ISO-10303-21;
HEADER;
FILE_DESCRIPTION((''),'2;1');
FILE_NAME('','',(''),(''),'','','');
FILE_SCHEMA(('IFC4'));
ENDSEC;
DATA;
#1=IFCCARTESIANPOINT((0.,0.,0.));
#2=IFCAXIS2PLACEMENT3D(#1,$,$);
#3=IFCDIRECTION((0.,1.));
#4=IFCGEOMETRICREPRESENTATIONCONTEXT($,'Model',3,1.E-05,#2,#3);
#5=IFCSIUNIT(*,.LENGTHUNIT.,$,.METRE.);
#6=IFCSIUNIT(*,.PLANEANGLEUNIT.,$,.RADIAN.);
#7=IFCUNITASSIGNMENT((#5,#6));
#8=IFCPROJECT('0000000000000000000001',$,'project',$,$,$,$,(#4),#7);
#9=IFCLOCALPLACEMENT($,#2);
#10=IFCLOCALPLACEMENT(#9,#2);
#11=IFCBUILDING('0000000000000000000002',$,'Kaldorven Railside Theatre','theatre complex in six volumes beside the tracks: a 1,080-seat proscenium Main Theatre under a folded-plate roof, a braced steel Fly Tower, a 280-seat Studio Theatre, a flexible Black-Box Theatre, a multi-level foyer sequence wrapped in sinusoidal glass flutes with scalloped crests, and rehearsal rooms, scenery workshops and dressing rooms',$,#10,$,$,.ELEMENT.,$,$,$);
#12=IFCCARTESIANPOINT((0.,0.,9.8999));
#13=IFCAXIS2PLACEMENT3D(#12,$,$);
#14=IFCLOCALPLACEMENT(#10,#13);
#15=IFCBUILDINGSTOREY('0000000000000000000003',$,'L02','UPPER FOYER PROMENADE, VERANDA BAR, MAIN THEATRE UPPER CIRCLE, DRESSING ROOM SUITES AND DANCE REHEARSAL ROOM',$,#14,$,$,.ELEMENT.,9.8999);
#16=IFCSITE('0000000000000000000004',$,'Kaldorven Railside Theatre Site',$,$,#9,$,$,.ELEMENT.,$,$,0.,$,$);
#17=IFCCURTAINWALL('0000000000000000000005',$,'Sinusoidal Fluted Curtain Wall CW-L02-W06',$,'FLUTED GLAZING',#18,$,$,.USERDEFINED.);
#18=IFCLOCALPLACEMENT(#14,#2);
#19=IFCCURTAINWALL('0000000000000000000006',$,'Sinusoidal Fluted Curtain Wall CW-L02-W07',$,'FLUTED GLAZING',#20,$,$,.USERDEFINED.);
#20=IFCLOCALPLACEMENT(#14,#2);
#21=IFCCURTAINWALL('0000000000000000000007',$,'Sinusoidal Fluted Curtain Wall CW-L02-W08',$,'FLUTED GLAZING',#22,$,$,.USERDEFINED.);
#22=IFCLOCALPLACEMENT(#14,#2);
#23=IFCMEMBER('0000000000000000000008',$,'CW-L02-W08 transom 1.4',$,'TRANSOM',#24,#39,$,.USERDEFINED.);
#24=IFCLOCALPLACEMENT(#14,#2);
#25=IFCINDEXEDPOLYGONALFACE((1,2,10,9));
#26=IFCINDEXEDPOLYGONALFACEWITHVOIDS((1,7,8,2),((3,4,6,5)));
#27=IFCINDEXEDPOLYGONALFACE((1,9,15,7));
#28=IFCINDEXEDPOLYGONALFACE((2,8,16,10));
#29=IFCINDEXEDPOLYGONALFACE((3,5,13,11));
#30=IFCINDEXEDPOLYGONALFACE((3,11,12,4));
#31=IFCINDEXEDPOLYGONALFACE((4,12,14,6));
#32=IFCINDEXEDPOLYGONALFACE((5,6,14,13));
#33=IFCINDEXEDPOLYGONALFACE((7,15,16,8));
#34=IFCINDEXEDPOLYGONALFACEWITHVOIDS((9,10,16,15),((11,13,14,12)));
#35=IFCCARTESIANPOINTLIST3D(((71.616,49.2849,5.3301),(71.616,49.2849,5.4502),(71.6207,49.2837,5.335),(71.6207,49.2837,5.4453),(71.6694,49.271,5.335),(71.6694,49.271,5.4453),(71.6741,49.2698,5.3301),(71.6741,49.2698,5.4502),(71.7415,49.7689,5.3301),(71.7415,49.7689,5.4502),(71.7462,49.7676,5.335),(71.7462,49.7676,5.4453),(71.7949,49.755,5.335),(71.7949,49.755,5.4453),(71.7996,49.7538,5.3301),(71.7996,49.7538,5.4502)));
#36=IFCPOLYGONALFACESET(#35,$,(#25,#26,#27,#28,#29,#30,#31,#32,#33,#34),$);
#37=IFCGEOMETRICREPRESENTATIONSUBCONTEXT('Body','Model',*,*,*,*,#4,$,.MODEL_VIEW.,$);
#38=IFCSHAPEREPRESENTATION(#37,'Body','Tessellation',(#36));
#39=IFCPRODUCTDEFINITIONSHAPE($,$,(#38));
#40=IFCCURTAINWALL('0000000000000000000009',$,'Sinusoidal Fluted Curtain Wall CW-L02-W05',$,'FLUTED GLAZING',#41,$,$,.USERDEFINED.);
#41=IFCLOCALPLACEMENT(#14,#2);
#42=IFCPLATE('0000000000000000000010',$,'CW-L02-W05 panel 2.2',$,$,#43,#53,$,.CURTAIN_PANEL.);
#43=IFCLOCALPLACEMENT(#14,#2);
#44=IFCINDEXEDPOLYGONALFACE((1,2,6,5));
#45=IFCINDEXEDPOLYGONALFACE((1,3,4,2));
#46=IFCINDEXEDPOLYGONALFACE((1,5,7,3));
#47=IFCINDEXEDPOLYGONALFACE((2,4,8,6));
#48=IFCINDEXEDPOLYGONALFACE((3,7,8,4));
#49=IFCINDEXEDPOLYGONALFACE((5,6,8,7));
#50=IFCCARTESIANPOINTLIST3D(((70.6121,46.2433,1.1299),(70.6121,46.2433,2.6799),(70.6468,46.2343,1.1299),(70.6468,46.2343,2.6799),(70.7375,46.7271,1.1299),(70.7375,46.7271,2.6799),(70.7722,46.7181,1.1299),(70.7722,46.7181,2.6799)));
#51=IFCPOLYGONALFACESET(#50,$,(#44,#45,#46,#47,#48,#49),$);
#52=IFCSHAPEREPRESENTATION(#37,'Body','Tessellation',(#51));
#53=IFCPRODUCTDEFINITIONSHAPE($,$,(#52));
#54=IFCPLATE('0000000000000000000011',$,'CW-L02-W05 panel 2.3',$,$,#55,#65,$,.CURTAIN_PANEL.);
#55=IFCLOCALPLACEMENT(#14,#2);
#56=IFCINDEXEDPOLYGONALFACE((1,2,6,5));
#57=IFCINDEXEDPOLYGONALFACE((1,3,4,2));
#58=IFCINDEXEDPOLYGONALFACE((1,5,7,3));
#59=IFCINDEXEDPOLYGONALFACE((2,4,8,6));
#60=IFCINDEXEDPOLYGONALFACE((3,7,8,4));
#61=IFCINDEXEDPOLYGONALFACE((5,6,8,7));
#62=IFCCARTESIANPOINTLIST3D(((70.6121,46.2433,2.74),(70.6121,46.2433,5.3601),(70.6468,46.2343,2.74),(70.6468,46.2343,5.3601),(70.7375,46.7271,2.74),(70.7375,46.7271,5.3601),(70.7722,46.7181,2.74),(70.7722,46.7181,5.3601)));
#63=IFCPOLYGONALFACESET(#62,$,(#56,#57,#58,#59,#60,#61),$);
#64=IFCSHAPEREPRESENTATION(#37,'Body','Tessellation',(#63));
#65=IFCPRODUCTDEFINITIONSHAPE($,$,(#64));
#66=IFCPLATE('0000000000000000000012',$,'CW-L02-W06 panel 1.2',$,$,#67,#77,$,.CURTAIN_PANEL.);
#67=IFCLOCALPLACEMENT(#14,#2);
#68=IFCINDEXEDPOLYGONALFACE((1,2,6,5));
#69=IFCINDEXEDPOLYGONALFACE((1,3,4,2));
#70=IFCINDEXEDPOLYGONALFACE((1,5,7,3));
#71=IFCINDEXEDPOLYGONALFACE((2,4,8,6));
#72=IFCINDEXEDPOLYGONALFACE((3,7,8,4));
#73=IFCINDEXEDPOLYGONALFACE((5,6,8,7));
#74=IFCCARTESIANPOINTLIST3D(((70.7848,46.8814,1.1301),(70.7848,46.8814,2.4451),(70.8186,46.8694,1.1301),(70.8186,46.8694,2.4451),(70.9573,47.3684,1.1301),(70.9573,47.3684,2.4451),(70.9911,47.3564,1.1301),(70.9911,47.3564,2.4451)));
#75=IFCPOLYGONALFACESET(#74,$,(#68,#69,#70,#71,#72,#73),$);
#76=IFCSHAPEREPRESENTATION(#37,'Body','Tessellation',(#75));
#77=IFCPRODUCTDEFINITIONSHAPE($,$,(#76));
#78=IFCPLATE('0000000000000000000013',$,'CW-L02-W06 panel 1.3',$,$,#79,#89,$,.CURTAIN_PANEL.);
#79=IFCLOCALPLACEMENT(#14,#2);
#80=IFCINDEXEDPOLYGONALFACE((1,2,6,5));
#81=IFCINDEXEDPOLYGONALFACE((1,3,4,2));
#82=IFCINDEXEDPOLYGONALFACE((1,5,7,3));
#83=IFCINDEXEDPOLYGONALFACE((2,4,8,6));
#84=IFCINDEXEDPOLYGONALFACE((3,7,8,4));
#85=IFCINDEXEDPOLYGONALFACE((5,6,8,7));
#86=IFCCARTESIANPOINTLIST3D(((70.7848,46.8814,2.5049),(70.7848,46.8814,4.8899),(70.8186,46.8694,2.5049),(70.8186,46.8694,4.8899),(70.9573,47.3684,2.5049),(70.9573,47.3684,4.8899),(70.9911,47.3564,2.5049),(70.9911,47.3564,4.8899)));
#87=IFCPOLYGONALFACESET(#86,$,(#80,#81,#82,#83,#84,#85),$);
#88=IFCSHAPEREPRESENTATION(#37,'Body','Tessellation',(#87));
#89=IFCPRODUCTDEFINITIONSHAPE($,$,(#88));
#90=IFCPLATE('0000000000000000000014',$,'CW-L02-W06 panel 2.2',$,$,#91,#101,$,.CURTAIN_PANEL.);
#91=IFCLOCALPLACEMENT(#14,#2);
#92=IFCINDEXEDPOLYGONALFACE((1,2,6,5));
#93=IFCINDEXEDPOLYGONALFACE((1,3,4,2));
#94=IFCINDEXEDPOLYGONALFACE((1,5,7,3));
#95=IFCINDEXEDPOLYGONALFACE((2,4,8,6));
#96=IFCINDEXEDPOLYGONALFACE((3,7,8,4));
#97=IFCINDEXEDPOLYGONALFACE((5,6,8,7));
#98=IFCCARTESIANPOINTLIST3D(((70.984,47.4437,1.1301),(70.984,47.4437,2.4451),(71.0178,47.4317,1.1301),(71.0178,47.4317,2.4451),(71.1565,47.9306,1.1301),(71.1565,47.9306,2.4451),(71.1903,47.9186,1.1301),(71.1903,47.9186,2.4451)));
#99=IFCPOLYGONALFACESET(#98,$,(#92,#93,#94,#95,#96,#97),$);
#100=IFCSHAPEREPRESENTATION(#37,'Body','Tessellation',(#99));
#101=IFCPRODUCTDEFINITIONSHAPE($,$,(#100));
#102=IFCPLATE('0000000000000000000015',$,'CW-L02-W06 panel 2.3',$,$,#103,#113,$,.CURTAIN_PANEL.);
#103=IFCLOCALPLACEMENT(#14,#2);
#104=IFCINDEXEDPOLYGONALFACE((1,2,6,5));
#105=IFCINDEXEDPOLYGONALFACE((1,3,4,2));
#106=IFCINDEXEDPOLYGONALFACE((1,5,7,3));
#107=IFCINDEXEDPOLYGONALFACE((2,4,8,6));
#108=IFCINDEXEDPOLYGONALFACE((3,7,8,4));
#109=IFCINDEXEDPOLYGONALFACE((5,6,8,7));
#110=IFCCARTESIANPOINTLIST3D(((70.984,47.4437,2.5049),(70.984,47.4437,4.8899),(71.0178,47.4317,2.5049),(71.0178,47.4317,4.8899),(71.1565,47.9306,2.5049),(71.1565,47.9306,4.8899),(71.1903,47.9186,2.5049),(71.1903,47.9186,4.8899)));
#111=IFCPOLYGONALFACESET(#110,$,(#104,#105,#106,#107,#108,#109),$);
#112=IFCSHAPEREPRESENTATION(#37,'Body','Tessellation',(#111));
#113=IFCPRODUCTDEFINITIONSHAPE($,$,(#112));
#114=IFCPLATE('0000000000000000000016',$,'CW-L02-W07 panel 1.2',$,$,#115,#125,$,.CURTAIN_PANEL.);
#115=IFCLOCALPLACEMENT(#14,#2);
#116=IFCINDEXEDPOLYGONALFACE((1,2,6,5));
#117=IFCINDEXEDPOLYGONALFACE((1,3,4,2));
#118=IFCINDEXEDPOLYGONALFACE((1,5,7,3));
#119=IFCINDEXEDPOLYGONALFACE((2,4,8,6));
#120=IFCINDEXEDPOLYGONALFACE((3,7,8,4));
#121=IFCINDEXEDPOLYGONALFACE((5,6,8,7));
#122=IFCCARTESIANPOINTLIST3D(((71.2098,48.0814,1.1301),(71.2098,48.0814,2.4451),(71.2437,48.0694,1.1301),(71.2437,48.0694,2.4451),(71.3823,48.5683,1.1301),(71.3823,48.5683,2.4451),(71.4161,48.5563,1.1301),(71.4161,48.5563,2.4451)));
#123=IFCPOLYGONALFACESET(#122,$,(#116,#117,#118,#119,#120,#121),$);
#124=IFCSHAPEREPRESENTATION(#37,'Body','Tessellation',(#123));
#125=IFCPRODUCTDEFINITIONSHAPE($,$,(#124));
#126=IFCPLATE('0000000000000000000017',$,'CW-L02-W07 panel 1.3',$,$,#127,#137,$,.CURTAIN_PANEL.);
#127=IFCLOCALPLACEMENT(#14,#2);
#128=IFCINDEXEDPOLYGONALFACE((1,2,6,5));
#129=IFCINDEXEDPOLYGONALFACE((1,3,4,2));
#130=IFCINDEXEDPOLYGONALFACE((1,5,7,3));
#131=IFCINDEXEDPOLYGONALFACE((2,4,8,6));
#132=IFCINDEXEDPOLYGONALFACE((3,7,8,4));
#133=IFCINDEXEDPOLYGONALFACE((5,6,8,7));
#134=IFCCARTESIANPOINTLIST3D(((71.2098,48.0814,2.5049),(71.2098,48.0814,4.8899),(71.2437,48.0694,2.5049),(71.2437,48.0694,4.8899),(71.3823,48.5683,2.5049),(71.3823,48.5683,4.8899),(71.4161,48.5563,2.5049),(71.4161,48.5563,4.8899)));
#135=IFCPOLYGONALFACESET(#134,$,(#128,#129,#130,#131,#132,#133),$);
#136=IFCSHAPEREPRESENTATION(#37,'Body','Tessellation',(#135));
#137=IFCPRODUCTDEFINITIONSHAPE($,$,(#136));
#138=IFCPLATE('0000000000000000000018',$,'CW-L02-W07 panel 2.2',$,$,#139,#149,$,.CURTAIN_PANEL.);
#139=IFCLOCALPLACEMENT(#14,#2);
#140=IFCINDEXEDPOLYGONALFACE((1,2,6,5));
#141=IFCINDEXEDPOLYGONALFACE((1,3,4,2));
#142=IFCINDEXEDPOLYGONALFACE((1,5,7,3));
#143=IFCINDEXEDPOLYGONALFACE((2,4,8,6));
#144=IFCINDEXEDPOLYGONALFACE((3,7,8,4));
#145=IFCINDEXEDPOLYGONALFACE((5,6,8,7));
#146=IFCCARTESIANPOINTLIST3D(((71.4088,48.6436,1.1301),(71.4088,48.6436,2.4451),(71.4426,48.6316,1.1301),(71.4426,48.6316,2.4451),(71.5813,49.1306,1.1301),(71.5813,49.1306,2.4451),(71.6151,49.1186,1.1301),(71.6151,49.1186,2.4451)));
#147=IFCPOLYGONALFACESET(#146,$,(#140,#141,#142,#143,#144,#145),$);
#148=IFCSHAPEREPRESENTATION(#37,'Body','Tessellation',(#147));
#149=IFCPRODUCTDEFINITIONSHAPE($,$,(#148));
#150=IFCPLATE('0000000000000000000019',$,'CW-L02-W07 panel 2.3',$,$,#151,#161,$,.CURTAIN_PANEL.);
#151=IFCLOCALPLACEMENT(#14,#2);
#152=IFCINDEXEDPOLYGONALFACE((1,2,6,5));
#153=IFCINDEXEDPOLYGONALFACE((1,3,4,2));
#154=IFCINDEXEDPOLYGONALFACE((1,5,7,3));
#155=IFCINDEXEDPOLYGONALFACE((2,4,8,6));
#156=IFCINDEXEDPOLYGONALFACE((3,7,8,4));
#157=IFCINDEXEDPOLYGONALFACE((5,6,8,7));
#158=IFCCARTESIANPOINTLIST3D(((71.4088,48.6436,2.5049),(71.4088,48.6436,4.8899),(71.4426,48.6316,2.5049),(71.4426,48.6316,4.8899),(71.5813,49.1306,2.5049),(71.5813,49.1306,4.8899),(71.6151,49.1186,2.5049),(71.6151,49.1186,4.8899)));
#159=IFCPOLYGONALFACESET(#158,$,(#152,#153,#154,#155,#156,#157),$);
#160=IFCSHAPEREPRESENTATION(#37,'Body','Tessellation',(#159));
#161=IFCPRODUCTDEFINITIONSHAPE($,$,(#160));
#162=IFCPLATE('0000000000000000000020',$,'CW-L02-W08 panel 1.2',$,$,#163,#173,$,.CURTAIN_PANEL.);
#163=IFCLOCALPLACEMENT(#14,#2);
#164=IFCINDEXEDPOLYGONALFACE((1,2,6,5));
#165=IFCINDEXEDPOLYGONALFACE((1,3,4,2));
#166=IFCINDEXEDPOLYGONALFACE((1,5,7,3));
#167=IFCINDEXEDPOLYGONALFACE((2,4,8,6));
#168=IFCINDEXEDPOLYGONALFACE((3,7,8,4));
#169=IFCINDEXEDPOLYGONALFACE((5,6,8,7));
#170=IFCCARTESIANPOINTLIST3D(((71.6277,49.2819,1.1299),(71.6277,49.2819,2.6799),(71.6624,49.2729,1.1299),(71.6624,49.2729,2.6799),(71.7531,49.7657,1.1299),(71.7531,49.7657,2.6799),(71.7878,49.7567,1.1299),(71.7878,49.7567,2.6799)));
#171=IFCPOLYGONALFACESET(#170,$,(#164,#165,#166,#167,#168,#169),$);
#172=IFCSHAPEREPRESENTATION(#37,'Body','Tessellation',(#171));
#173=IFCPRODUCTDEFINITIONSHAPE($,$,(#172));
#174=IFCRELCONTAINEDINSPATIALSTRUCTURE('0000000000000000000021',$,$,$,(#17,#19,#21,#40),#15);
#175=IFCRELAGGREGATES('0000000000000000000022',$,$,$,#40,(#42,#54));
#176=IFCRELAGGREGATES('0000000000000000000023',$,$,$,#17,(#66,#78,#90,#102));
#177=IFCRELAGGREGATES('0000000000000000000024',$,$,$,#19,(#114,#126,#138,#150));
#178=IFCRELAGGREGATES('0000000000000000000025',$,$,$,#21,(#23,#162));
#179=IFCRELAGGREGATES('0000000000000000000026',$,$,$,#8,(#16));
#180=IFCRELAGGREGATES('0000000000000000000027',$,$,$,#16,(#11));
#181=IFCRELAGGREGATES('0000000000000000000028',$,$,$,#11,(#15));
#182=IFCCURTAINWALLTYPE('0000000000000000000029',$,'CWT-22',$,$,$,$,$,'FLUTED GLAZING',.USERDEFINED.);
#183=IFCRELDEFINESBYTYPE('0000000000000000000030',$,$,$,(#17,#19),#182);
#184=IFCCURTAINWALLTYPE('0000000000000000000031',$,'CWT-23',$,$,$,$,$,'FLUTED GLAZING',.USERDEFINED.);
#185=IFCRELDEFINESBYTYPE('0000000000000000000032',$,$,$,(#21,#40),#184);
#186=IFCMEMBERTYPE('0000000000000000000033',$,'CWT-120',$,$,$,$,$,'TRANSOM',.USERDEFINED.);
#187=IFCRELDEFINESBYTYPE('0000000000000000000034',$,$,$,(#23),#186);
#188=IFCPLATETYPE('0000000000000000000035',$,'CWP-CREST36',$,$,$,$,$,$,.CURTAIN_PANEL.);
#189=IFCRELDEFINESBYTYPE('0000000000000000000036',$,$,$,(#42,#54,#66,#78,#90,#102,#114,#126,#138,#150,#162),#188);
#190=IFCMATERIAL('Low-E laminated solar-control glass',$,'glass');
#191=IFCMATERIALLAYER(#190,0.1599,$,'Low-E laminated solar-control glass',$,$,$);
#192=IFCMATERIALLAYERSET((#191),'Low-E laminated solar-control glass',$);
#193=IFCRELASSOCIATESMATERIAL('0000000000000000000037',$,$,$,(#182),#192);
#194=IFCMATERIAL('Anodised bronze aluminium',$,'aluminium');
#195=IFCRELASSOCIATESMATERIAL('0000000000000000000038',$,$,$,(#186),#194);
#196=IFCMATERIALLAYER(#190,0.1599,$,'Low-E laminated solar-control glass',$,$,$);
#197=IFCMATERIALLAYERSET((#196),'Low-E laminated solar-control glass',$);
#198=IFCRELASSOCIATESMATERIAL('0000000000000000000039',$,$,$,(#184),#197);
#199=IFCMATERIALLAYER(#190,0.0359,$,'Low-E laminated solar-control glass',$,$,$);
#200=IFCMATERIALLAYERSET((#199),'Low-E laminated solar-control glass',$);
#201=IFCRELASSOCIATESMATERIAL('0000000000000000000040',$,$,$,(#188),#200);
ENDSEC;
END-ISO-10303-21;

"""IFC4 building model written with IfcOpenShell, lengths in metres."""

from ifc_helpers import new_model, si_unit, direction, frame, origin, origin_2d, place, context, subcontext, project, spatial, rectangle, hollow_rectangle, extrude, material, layer, layer_set, material_profile, profile_set, type_object, element, aggregate, save


model = new_model("IFC4")

# Units and contexts
model_context = context("Model", 3, precision=1e-05, world=origin(), true_north=direction((0.0, 1.0)))
body_context = subcontext(model_context, "Body", "Model", "MODEL_VIEW")
ifc_project = project(units=[si_unit("LENGTHUNIT", "METRE"), si_unit("PLANEANGLEUNIT", "RADIAN")], contexts=[model_context])

# Site, building, storey
site_placement = place(None, origin())
site = spatial("IfcSite", under=ifc_project, at=site_placement, Name="Kaldorven Railside Theatre Site", CompositionType="ELEMENT", RefElevation=0.0)
building_placement = place(site_placement, origin())
building = spatial("IfcBuilding", under=site, at=building_placement, Name="Kaldorven Railside Theatre", Description="theatre complex in six volumes beside the tracks: a 1,080-seat proscenium Main Theatre under a folded-plate roof, a braced steel Fly Tower, a 280-seat Studio Theatre, a flexible Black-Box Theatre, a multi-level foyer sequence wrapped in sinusoidal glass flutes with scalloped crests, and rehearsal rooms, scenery workshops and dressing rooms", CompositionType="ELEMENT")
storey_placement = place(building_placement, frame((0.0, 0.0, 9.8999)))
storey = spatial("IfcBuildingStorey", under=building, at=storey_placement, Name="L02", Description="UPPER FOYER PROMENADE, VERANDA BAR, MAIN THEATRE UPPER CIRCLE, DRESSING ROOM SUITES AND DANCE REHEARSAL ROOM", CompositionType="ELEMENT", Elevation=9.8999)

# Curtain walls, member
ifc_material_1 = material(Name="Low-E laminated solar-control glass", Category="glass")
ifc_layer_1 = layer(ifc_material_1, 0.1599, Name="Low-E laminated solar-control glass")
ifc_layer_set_1 = layer_set([ifc_layer_1], Name="Low-E laminated solar-control glass")
curtain_wall_type_1 = type_object("IfcCurtainWallType", Name="CWT-22", ElementType="FLUTED GLAZING", PredefinedType="USERDEFINED", material=ifc_layer_set_1)
curtain_wall_1_placement = place(storey_placement, origin())
curtain_wall_1 = element("IfcCurtainWall", 1, at=curtain_wall_1_placement, inside=storey, type_object=curtain_wall_type_1, Name="Sinusoidal Fluted Curtain Wall CW-L02-W06", ObjectType="FLUTED GLAZING", PredefinedType="USERDEFINED")
ifc_material_2 = material(Name="Anodised bronze aluminium", Category="aluminium")
ifc_material_profile = material_profile(ifc_material_2, hollow_rectangle(XDim=0.0601, YDim=0.1201, WallThickness=0.0049, at=origin_2d()), Name="RHS 120x60x5")
ifc_profile_set = profile_set([ifc_material_profile], Name="Anodised bronze aluminium")
member_type = type_object("IfcMemberType", Name="CWT-120", ElementType="TRANSOM", PredefinedType="USERDEFINED", material=ifc_profile_set)
curtain_wall_2_placement = place(storey_placement, origin())
curtain_wall_2 = element("IfcCurtainWall", 2, at=curtain_wall_2_placement, inside=storey, type_object=curtain_wall_type_1, Name="Sinusoidal Fluted Curtain Wall CW-L02-W07", ObjectType="FLUTED GLAZING", PredefinedType="USERDEFINED")
ifc_layer_2 = layer(ifc_material_1, 0.1599, Name="Low-E laminated solar-control glass")
ifc_layer_set_2 = layer_set([ifc_layer_2], Name="Low-E laminated solar-control glass")
curtain_wall_type_2 = type_object("IfcCurtainWallType", Name="CWT-23", ElementType="FLUTED GLAZING", PredefinedType="USERDEFINED", material=ifc_layer_set_2)
curtain_wall_3_placement = place(storey_placement, origin())
curtain_wall_3 = element("IfcCurtainWall", 3, at=curtain_wall_3_placement, inside=storey, type_object=curtain_wall_type_2, Name="Sinusoidal Fluted Curtain Wall CW-L02-W08", ObjectType="FLUTED GLAZING", PredefinedType="USERDEFINED")
member_1_placement = place(storey_placement, frame((71.645, 49.2773, 5.3901), z_axis=(0.25103, 0.967979, 0.0), x_axis=(-0.967979, 0.25103, 0.0)))
member_1 = element("IfcMember", 4, at=member_1_placement, type_object=member_type, Name="CW-L02-W08 transom 1.4", ObjectType="TRANSOM", PredefinedType="USERDEFINED", context=body_context, shape_type="SweptSolid", body=[
    extrude(hollow_rectangle(XDim=0.0601, YDim=0.1201, WallThickness=0.0049, at=origin_2d()), origin(), (0.0, 0.0, 1.0), 0.5),
])

# Curtain wall, plates
curtain_wall_4_placement = place(storey_placement, origin())
curtain_wall_4 = element("IfcCurtainWall", 5, at=curtain_wall_4_placement, inside=storey, type_object=curtain_wall_type_2, Name="Sinusoidal Fluted Curtain Wall CW-L02-W05", ObjectType="FLUTED GLAZING", PredefinedType="USERDEFINED")
ifc_layer_3 = layer(ifc_material_1, 0.0359, Name="Low-E laminated solar-control glass")
ifc_layer_set_3 = layer_set([ifc_layer_3], Name="Low-E laminated solar-control glass")
plate_type = type_object("IfcPlateType", Name="CWP-CREST36", PredefinedType="CURTAIN_PANEL", material=ifc_layer_set_3)
plate_1_placement = place(storey_placement, frame((70.6921, 46.4807, 1.1299), z_axis=(0.0, 0.0, 1.0), x_axis=(0.250954, 0.967999, 0.0)))
plate_1 = element("IfcPlate", 6, at=plate_1_placement, type_object=plate_type, Name="CW-L02-W05 panel 2.2", PredefinedType="CURTAIN_PANEL", context=body_context, shape_type="SweptSolid", body=[
    extrude(rectangle(XDim=0.4998, YDim=0.0359, at=origin_2d()), origin(), (0.0, 0.0, 1.0), 1.55),
])
plate_2_placement = place(storey_placement, frame((70.6921, 46.4807, 2.74), z_axis=(0.0, 0.0, 1.0), x_axis=(0.250954, 0.967999, 0.0)))
plate_2 = element("IfcPlate", 7, at=plate_2_placement, type_object=plate_type, Name="CW-L02-W05 panel 2.3", PredefinedType="CURTAIN_PANEL", context=body_context, shape_type="SweptSolid", body=[
    extrude(rectangle(XDim=0.4998, YDim=0.0359, at=origin_2d()), origin(), (0.0, 0.0, 1.0), 2.6201),
])
aggregate(curtain_wall_4, [plate_1, plate_2])

# Plates
plate_3_placement = place(storey_placement, frame((70.8879, 47.1189, 1.1301), z_axis=(0.0, 0.0, 1.0), x_axis=(0.333847, 0.942627, 0.0)))
plate_3 = element("IfcPlate", 8, at=plate_3_placement, type_object=plate_type, Name="CW-L02-W06 panel 1.2", PredefinedType="CURTAIN_PANEL", context=body_context, shape_type="SweptSolid", body=[
    extrude(rectangle(XDim=0.5166, YDim=0.0359, at=origin_2d()), origin(), (0.0, 0.0, 1.0), 1.3149),
])
plate_4_placement = place(storey_placement, frame((70.8879, 47.1189, 2.5049), z_axis=(0.0, 0.0, 1.0), x_axis=(0.333847, 0.942627, 0.0)))
plate_4 = element("IfcPlate", 9, at=plate_4_placement, type_object=plate_type, Name="CW-L02-W06 panel 1.3", PredefinedType="CURTAIN_PANEL", context=body_context, shape_type="SweptSolid", body=[
    extrude(rectangle(XDim=0.5166, YDim=0.0359, at=origin_2d()), origin(), (0.0, 0.0, 1.0), 2.385),
])
plate_5_placement = place(storey_placement, frame((71.0872, 47.6812, 1.1301), z_axis=(0.0, 0.0, 1.0), x_axis=(0.333847, 0.942627, 0.0)))
plate_5 = element("IfcPlate", 10, at=plate_5_placement, type_object=plate_type, Name="CW-L02-W06 panel 2.2", PredefinedType="CURTAIN_PANEL", context=body_context, shape_type="SweptSolid", body=[
    extrude(rectangle(XDim=0.5166, YDim=0.0359, at=origin_2d()), origin(), (0.0, 0.0, 1.0), 1.3149),
])
plate_6_placement = place(storey_placement, frame((71.0872, 47.6812, 2.5049), z_axis=(0.0, 0.0, 1.0), x_axis=(0.333847, 0.942627, 0.0)))
plate_6 = element("IfcPlate", 11, at=plate_6_placement, type_object=plate_type, Name="CW-L02-W06 panel 2.3", PredefinedType="CURTAIN_PANEL", context=body_context, shape_type="SweptSolid", body=[
    extrude(rectangle(XDim=0.5166, YDim=0.0359, at=origin_2d()), origin(), (0.0, 0.0, 1.0), 2.385),
])
aggregate(curtain_wall_1, [plate_3, plate_4, plate_5, plate_6])
plate_7_placement = place(storey_placement, frame((71.313, 48.3188, 1.1301), z_axis=(0.0, 0.0, 1.0), x_axis=(0.333847, 0.942627, 0.0)))
plate_7 = element("IfcPlate", 12, at=plate_7_placement, type_object=plate_type, Name="CW-L02-W07 panel 1.2", PredefinedType="CURTAIN_PANEL", context=body_context, shape_type="SweptSolid", body=[
    extrude(rectangle(XDim=0.5166, YDim=0.0359, at=origin_2d()), origin(), (0.0, 0.0, 1.0), 1.3149),
])
plate_8_placement = place(storey_placement, frame((71.313, 48.3188, 2.5049), z_axis=(0.0, 0.0, 1.0), x_axis=(0.333847, 0.942627, 0.0)))
plate_8 = element("IfcPlate", 13, at=plate_8_placement, type_object=plate_type, Name="CW-L02-W07 panel 1.3", PredefinedType="CURTAIN_PANEL", context=body_context, shape_type="SweptSolid", body=[
    extrude(rectangle(XDim=0.5166, YDim=0.0359, at=origin_2d()), origin(), (0.0, 0.0, 1.0), 2.385),
])
plate_9_placement = place(storey_placement, frame((71.512, 48.8811, 1.1301), z_axis=(0.0, 0.0, 1.0), x_axis=(0.333847, 0.942627, 0.0)))
plate_9 = element("IfcPlate", 14, at=plate_9_placement, type_object=plate_type, Name="CW-L02-W07 panel 2.2", PredefinedType="CURTAIN_PANEL", context=body_context, shape_type="SweptSolid", body=[
    extrude(rectangle(XDim=0.5166, YDim=0.0359, at=origin_2d()), origin(), (0.0, 0.0, 1.0), 1.3149),
])
plate_10_placement = place(storey_placement, frame((71.512, 48.8811, 2.5049), z_axis=(0.0, 0.0, 1.0), x_axis=(0.333847, 0.942627, 0.0)))
plate_10 = element("IfcPlate", 15, at=plate_10_placement, type_object=plate_type, Name="CW-L02-W07 panel 2.3", PredefinedType="CURTAIN_PANEL", context=body_context, shape_type="SweptSolid", body=[
    extrude(rectangle(XDim=0.5166, YDim=0.0359, at=origin_2d()), origin(), (0.0, 0.0, 1.0), 2.385),
])
aggregate(curtain_wall_2, [plate_7, plate_8, plate_9, plate_10])
plate_11_placement = place(storey_placement, frame((71.7078, 49.5193, 1.1299), z_axis=(0.0, 0.0, 1.0), x_axis=(0.250954, 0.967999, 0.0)))
plate_11 = element("IfcPlate", 16, at=plate_11_placement, type_object=plate_type, Name="CW-L02-W08 panel 1.2", PredefinedType="CURTAIN_PANEL", context=body_context, shape_type="SweptSolid", body=[
    extrude(rectangle(XDim=0.4998, YDim=0.0359, at=origin_2d()), origin(), (0.0, 0.0, 1.0), 1.55),
])
aggregate(curtain_wall_3, [member_1, plate_11])

save(model, "model.ifc")
